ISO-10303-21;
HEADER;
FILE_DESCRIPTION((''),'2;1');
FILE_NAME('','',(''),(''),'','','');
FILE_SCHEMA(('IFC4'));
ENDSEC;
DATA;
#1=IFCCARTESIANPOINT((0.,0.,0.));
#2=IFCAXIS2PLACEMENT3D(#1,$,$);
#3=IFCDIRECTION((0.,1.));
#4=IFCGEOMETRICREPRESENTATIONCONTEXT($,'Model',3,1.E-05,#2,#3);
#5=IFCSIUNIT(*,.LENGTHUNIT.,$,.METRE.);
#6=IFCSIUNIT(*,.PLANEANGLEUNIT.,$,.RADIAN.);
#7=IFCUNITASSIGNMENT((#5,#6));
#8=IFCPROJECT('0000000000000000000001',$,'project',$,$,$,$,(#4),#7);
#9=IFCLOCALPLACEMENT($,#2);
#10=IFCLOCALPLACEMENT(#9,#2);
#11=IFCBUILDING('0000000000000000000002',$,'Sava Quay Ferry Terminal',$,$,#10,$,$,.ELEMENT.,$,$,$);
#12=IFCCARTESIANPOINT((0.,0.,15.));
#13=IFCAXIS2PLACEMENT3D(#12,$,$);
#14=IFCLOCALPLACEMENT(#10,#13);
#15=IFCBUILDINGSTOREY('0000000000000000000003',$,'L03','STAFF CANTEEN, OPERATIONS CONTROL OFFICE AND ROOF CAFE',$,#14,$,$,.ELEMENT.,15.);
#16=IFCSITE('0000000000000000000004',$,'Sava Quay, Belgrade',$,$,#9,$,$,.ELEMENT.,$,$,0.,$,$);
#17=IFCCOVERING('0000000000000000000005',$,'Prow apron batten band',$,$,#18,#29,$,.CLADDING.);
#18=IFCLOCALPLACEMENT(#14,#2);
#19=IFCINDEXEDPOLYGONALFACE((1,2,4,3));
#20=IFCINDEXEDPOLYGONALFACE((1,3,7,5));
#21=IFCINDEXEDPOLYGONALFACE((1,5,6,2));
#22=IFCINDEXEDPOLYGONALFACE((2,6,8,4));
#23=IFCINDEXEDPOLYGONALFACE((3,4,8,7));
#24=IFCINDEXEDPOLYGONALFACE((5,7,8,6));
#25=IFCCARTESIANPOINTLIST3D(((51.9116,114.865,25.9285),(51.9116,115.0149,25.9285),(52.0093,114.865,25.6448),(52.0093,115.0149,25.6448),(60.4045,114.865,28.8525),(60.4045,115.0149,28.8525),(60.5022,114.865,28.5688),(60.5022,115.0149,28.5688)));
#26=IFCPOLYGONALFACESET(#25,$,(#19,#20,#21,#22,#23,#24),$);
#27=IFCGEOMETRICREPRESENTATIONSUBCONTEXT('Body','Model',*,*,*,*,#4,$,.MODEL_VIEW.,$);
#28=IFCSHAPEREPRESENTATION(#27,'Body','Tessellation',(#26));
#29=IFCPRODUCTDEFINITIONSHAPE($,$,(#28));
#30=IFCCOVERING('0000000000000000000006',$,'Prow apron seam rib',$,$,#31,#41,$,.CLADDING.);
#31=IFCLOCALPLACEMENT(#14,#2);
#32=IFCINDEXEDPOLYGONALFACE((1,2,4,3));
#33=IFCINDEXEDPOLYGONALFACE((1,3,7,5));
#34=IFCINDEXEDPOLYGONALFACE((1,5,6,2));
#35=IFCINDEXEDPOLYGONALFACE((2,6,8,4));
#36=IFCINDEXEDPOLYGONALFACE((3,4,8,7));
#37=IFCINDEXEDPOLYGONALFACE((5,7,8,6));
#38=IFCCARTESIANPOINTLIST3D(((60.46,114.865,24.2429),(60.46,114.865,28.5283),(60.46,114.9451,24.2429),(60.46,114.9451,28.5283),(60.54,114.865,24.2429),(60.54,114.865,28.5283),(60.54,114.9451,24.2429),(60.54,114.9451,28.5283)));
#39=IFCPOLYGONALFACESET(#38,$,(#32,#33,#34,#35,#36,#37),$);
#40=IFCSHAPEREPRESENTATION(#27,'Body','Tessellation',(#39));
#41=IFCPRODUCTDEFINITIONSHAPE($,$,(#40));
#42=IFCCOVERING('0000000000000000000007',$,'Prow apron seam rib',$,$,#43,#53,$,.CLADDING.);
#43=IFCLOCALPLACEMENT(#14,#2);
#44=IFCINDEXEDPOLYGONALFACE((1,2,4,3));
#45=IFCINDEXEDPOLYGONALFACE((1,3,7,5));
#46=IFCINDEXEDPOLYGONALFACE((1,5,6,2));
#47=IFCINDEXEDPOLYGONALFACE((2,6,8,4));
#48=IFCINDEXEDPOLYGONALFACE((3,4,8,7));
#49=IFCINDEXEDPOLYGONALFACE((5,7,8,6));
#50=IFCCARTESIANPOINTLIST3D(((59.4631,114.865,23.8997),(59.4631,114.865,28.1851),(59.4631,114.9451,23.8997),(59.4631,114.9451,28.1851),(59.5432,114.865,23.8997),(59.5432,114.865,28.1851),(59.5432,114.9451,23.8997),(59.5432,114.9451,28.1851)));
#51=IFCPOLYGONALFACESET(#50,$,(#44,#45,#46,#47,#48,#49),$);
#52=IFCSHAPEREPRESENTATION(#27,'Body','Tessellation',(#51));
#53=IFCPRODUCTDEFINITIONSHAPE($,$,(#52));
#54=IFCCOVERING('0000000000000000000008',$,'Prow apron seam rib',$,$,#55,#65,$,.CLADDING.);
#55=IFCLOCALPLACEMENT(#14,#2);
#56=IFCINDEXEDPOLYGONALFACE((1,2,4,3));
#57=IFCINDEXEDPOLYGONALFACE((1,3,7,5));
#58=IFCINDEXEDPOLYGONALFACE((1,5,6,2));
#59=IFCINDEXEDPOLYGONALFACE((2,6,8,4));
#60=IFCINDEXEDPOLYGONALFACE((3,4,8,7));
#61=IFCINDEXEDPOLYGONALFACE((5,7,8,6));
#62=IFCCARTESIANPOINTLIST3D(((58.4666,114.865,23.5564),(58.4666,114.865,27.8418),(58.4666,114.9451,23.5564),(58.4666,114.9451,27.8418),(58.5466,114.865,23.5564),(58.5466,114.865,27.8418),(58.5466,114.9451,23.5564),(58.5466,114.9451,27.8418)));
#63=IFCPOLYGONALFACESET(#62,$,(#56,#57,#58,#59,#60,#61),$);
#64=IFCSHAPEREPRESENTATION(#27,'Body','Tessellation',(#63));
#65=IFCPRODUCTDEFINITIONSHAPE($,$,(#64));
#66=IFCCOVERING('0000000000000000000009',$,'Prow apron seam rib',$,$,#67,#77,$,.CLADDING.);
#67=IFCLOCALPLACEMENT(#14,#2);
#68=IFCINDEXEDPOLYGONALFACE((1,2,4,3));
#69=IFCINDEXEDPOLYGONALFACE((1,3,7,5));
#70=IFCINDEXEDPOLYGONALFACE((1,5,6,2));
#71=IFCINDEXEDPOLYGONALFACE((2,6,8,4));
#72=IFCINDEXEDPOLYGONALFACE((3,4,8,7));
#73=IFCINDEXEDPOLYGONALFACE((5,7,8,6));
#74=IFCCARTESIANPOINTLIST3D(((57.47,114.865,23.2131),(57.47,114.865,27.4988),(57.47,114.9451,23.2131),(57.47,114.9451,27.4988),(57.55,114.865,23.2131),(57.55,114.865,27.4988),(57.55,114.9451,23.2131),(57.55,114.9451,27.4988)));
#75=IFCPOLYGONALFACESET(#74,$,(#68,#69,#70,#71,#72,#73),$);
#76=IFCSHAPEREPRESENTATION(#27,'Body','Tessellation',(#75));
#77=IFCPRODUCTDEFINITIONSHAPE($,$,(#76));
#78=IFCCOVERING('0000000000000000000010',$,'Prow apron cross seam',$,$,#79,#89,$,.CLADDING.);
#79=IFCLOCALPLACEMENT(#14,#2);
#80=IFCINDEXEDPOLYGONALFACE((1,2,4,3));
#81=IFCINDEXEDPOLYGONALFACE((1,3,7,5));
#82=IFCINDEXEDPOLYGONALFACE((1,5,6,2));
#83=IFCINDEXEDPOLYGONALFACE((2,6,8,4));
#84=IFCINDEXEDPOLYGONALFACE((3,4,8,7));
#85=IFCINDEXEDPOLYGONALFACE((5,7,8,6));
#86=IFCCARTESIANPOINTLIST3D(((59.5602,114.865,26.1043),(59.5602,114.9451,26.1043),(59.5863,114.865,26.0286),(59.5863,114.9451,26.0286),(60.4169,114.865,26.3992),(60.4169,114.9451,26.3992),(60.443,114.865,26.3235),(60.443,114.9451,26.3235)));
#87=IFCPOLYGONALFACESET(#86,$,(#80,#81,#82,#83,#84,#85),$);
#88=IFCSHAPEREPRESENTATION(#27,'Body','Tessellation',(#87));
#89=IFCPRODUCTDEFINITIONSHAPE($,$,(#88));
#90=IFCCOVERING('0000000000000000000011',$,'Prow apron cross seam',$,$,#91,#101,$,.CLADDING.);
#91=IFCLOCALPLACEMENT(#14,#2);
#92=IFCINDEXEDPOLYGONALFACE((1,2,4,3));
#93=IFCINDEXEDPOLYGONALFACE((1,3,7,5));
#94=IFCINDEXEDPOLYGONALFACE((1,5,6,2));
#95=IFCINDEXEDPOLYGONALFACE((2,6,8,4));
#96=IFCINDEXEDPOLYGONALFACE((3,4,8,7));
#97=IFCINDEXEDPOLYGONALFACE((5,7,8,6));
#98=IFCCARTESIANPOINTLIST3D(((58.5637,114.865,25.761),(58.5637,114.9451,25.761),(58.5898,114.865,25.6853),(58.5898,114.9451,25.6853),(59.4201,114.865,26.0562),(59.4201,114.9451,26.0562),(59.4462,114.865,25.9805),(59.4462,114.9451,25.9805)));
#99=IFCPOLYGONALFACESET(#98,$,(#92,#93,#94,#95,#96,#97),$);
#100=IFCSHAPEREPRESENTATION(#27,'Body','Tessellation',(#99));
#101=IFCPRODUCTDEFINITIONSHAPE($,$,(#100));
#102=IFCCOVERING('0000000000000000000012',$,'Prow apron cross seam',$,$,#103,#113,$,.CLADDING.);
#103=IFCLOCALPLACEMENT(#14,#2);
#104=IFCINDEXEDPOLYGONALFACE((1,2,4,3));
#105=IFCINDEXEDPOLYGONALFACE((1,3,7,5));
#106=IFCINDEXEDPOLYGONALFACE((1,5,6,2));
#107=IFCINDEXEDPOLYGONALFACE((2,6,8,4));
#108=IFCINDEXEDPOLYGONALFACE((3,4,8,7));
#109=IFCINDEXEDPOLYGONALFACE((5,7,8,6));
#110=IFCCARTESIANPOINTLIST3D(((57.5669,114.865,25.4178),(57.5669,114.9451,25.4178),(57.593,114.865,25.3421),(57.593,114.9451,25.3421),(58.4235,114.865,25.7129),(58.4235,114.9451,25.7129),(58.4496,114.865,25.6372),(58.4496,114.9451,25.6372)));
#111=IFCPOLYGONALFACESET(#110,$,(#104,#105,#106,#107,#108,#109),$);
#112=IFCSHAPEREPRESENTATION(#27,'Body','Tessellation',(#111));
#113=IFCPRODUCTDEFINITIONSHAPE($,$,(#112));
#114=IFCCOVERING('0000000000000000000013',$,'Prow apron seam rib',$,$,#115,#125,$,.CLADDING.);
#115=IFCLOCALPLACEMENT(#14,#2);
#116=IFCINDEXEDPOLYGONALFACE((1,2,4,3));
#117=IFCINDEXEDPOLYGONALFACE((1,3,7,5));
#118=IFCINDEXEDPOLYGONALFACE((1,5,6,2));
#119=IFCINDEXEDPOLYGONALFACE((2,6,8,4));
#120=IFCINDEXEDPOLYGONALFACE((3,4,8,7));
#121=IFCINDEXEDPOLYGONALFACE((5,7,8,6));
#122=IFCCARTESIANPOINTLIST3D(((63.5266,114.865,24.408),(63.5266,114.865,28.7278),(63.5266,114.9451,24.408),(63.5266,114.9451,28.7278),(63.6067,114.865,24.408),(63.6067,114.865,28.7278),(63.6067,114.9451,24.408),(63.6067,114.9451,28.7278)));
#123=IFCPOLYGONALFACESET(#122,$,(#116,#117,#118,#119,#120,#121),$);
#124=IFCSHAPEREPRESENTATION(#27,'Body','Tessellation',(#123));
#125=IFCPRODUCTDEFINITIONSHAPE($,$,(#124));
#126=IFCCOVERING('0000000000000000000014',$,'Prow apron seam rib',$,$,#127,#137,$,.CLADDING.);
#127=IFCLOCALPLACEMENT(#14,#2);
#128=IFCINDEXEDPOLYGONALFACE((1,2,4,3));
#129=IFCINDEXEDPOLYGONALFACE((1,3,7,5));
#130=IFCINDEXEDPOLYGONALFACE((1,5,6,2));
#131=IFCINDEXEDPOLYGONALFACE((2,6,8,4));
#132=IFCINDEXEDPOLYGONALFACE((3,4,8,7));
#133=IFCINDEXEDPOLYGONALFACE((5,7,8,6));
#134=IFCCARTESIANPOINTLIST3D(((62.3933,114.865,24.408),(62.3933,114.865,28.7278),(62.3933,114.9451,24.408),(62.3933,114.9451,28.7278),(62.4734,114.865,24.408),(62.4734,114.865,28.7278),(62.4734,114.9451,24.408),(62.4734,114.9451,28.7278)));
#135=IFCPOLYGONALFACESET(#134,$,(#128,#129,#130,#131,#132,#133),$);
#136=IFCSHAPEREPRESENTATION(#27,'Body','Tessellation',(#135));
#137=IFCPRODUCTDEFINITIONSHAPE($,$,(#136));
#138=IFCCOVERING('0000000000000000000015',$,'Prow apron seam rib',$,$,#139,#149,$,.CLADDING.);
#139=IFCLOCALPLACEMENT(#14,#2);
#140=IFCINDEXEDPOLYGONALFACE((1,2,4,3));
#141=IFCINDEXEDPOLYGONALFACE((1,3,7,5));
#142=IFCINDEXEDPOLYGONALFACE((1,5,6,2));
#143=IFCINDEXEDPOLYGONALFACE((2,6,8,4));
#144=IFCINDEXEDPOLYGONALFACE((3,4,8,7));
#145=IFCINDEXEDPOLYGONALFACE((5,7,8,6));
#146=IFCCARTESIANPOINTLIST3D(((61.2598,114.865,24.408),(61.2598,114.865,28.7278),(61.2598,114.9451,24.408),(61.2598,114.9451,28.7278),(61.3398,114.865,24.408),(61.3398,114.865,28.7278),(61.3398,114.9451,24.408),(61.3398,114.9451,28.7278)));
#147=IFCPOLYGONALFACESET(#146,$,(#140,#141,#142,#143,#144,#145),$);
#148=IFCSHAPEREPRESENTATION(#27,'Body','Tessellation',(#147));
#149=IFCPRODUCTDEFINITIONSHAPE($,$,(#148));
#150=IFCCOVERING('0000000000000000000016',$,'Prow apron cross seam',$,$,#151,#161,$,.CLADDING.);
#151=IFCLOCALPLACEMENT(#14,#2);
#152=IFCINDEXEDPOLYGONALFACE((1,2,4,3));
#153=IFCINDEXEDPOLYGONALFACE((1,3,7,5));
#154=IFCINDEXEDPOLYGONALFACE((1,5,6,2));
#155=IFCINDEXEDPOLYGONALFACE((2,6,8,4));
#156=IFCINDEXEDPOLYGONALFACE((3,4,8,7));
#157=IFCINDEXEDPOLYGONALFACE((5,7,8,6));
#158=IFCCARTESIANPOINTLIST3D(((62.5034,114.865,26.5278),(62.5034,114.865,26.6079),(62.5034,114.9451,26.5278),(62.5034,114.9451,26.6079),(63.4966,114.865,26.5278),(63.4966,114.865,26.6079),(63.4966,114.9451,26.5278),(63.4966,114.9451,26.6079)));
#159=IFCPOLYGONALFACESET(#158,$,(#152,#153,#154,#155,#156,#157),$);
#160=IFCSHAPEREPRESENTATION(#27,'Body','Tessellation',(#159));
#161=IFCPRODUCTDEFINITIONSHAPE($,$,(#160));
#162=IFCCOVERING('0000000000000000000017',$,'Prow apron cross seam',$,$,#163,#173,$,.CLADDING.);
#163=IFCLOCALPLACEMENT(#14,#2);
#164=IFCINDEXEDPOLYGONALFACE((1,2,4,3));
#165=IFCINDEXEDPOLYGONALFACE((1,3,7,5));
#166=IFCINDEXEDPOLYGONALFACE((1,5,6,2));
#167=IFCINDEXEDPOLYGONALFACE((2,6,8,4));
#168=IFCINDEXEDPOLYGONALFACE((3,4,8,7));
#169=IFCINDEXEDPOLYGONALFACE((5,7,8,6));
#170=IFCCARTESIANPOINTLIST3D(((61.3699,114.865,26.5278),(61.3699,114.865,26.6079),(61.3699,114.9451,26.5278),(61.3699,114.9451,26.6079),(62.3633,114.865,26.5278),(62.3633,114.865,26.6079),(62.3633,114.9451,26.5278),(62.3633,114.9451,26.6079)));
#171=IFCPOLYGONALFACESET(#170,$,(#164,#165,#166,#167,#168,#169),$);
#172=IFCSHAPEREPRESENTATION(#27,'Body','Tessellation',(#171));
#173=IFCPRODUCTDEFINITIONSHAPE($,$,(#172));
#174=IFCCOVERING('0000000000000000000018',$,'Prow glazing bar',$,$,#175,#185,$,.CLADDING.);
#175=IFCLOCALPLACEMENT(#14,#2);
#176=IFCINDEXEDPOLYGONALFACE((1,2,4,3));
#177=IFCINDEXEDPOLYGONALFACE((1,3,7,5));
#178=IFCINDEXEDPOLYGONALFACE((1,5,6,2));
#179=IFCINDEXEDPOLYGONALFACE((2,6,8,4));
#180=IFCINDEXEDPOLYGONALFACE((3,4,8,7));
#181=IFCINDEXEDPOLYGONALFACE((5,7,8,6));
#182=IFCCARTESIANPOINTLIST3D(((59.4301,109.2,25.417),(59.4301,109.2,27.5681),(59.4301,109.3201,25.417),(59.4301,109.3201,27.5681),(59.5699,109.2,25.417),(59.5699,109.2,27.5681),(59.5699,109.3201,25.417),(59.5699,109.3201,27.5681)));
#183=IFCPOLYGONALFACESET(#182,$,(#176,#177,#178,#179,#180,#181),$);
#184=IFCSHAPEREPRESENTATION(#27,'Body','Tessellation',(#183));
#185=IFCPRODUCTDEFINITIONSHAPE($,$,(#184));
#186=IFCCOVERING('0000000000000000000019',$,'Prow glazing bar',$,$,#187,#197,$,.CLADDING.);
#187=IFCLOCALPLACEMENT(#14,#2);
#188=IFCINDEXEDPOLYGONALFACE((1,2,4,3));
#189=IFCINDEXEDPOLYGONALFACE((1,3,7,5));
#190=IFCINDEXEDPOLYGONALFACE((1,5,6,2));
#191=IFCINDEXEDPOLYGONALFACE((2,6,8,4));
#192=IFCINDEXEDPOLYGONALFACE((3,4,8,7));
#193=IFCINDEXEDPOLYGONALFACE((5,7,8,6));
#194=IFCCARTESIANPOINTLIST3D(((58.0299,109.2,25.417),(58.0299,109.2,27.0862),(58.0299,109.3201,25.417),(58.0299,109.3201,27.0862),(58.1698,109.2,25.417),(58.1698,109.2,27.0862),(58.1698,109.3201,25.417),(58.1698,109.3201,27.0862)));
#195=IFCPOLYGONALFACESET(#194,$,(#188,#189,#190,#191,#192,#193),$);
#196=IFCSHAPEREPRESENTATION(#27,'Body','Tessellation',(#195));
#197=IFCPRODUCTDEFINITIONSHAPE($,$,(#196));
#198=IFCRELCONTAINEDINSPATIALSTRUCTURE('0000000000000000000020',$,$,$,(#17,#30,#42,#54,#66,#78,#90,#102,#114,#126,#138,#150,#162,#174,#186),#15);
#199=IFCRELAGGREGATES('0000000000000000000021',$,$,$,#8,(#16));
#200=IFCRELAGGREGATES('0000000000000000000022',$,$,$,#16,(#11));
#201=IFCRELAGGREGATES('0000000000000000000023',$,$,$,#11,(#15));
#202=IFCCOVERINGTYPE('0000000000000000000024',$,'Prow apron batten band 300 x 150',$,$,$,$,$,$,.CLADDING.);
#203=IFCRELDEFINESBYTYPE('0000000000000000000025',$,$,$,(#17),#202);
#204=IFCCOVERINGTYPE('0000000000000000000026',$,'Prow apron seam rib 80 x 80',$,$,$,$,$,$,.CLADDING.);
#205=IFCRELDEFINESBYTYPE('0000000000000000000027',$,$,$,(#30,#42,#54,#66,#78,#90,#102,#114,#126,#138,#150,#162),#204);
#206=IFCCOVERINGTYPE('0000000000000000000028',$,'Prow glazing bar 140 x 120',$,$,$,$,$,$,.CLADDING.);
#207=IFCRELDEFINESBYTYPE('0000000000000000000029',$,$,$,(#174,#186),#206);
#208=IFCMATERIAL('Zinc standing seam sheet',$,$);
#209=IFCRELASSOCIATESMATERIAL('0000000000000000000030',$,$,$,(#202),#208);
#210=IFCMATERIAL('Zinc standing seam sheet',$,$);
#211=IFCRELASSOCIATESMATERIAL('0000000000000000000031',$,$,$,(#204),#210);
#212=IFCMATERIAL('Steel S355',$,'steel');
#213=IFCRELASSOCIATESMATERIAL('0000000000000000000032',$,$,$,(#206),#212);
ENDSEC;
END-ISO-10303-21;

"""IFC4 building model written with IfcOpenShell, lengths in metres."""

from ifc_helpers import new_model, si_unit, direction, frame, origin, origin_2d, place, context, subcontext, project, spatial, rectangle, extrude, material, material_profile, profile_set, type_object, element, save


model = new_model("IFC4")

# Units and contexts
model_context = context("Model", 3, precision=1e-05, world=origin(), true_north=direction((0.0, 1.0)))
body_context = subcontext(model_context, "Body", "Model", "MODEL_VIEW")
ifc_project = project(units=[si_unit("LENGTHUNIT", "METRE"), si_unit("PLANEANGLEUNIT", "RADIAN")], contexts=[model_context])

# Site, building, storey
site_placement = place(None, origin())
site = spatial("IfcSite", under=ifc_project, at=site_placement, Name="Sava Quay, Belgrade", CompositionType="ELEMENT", RefElevation=0.0)
building_placement = place(site_placement, origin())
building = spatial("IfcBuilding", under=site, at=building_placement, Name="Sava Quay Ferry Terminal", CompositionType="ELEMENT")
storey_placement = place(building_placement, frame((0.0, 0.0, 15.0)))
storey = spatial("IfcBuildingStorey", under=building, at=storey_placement, Name="L03", Description="STAFF CANTEEN, OPERATIONS CONTROL OFFICE AND ROOF CAFE", CompositionType="ELEMENT", Elevation=15.0)

# Coverings
ifc_material_1 = material(Name="Zinc standing seam sheet")
ifc_material_profile_1 = material_profile(ifc_material_1, rectangle(XDim=0.3, YDim=0.1499, at=origin_2d()), Name="Strip 300 x 150")
ifc_profile_set_1 = profile_set([ifc_material_profile_1], Name="Zinc standing seam sheet")
covering_type_1 = type_object("IfcCoveringType", Name="Prow apron batten band 300 x 150", PredefinedType="CLADDING", material=ifc_profile_set_1)
covering_1_placement = place(storey_placement, frame((60.4534, 114.9399, 28.7107), z_axis=(-0.945528, 0.0, -0.325541), x_axis=(-0.325541, 0.0, 0.945528)))
element("IfcCovering", 1, at=covering_1_placement, inside=storey, type_object=covering_type_1, Name="Prow apron batten band", PredefinedType="CLADDING", context=body_context, shape_type="SweptSolid", body=[
    extrude(rectangle(XDim=0.3, YDim=0.1499, at=origin_2d()), origin(), (0.0, 0.0, 1.0), 8.9822),
])
ifc_material_2 = material(Name="Zinc standing seam sheet")
ifc_material_profile_2 = material_profile(ifc_material_2, rectangle(XDim=0.0801, YDim=0.0801, at=origin_2d()), Name="Strip 80 x 80")
ifc_profile_set_2 = profile_set([ifc_material_profile_2], Name="Zinc standing seam sheet")
covering_type_2 = type_object("IfcCoveringType", Name="Prow apron seam rib 80 x 80", PredefinedType="CLADDING", material=ifc_profile_set_2)
for number, where, z_axis, x_axis, name in (
    (2, (60.5, 114.905, 24.2429), (0.0, 0.0, 1.0), (1.0, 0.0, 0.0), "Prow apron seam rib"),
    (3, (59.5032, 114.905, 23.8997), (0.0, 0.0, 1.0), (1.0, 0.0, 0.0), "Prow apron seam rib"),
    (4, (58.5066, 114.905, 23.5564), (0.0, 0.0, 1.0), (1.0, 0.0, 0.0), "Prow apron seam rib"),
):
    element("IfcCovering", number, at=place(storey_placement, frame(where, z_axis=z_axis, x_axis=x_axis)), inside=storey, type_object=covering_type_2, Name=name, PredefinedType="CLADDING", context=body_context, shape_type="SweptSolid", body=[
        extrude(rectangle(XDim=0.0801, YDim=0.0801, at=origin_2d()), origin(), (0.0, 0.0, 1.0), 4.2854),
    ])
covering_2_placement = place(storey_placement, frame((57.51, 114.905, 23.2131), z_axis=(0.0, 0.0, 1.0), x_axis=(1.0, 0.0, 0.0)))
element("IfcCovering", 5, at=covering_2_placement, inside=storey, type_object=covering_type_2, Name="Prow apron seam rib", PredefinedType="CLADDING", context=body_context, shape_type="SweptSolid", body=[
    extrude(rectangle(XDim=0.0801, YDim=0.0801, at=origin_2d()), origin(), (0.0, 0.0, 1.0), 4.2856),
])
covering_3_placement = place(storey_placement, frame((60.4299, 114.905, 26.3613), z_axis=(-0.945539, 0.0, -0.325509), x_axis=(-0.325509, 0.0, 0.945539)))
element("IfcCovering", 6, at=covering_3_placement, inside=storey, type_object=covering_type_2, Name="Prow apron cross seam", PredefinedType="CLADDING", context=body_context, shape_type="SweptSolid", body=[
    extrude(rectangle(XDim=0.0801, YDim=0.0801, at=origin_2d()), origin(), (0.0, 0.0, 1.0), 0.906),
])
covering_4_placement = place(storey_placement, frame((59.4331, 114.905, 26.0183), z_axis=(-0.945427, 0.0, -0.325833), x_axis=(-0.325833, 0.0, 0.945427)))
element("IfcCovering", 7, at=covering_4_placement, inside=storey, type_object=covering_type_2, Name="Prow apron cross seam", PredefinedType="CLADDING", context=body_context, shape_type="SweptSolid", body=[
    extrude(rectangle(XDim=0.0801, YDim=0.0801, at=origin_2d()), origin(), (0.0, 0.0, 1.0), 0.9058),
])
covering_5_placement = place(storey_placement, frame((58.4365, 114.905, 25.675), z_axis=(-0.945456, 0.0, -0.32575), x_axis=(-0.32575, 0.0, 0.945456)))
element("IfcCovering", 8, at=covering_5_placement, inside=storey, type_object=covering_type_2, Name="Prow apron cross seam", PredefinedType="CLADDING", context=body_context, shape_type="SweptSolid", body=[
    extrude(rectangle(XDim=0.0801, YDim=0.0801, at=origin_2d()), origin(), (0.0, 0.0, 1.0), 0.906),
])
for number, where, z_axis, x_axis, name in (
    (9, (63.5667, 114.905, 24.408), (0.0, 0.0, 1.0), (1.0, 0.0, 0.0), "Prow apron seam rib"),
    (10, (62.4333, 114.905, 24.408), (0.0, 0.0, 1.0), (1.0, 0.0, 0.0), "Prow apron seam rib"),
    (11, (61.2998, 114.905, 24.408), (0.0, 0.0, 1.0), (1.0, 0.0, 0.0), "Prow apron seam rib"),
):
    element("IfcCovering", number, at=place(storey_placement, frame(where, z_axis=z_axis, x_axis=x_axis)), inside=storey, type_object=covering_type_2, Name=name, PredefinedType="CLADDING", context=body_context, shape_type="SweptSolid", body=[
        extrude(rectangle(XDim=0.0801, YDim=0.0801, at=origin_2d()), origin(), (0.0, 0.0, 1.0), 4.3198),
    ])
covering_6_placement = place(storey_placement, frame((63.4966, 114.905, 26.5679), z_axis=(-1.0, 0.0, 0.0), x_axis=(0.0, 0.0, 1.0)))
element("IfcCovering", 12, at=covering_6_placement, inside=storey, type_object=covering_type_2, Name="Prow apron cross seam", PredefinedType="CLADDING", context=body_context, shape_type="SweptSolid", body=[
    extrude(rectangle(XDim=0.0801, YDim=0.0801, at=origin_2d()), origin(), (0.0, 0.0, 1.0), 0.9932),
])
covering_7_placement = place(storey_placement, frame((62.3633, 114.905, 26.5679), z_axis=(-1.0, 0.0, 0.0), x_axis=(0.0, 0.0, 1.0)))
element("IfcCovering", 13, at=covering_7_placement, inside=storey, type_object=covering_type_2, Name="Prow apron cross seam", PredefinedType="CLADDING", context=body_context, shape_type="SweptSolid", body=[
    extrude(rectangle(XDim=0.0801, YDim=0.0801, at=origin_2d()), origin(), (0.0, 0.0, 1.0), 0.9934),
])
ifc_material_3 = material(Name="Steel S355", Category="steel")
ifc_material_profile_3 = material_profile(ifc_material_3, rectangle(XDim=0.1399, YDim=0.1201, at=origin_2d()), Name="Strip 140 x 120")
ifc_profile_set_3 = profile_set([ifc_material_profile_3], Name="Steel S355")
covering_type_3 = type_object("IfcCoveringType", Name="Prow glazing bar 140 x 120", PredefinedType="CLADDING", material=ifc_profile_set_3)
covering_8_placement = place(storey_placement, frame((59.5, 109.26, 25.417), z_axis=(0.0, 0.0, 1.0), x_axis=(1.0, 0.0, 0.0)))
element("IfcCovering", 14, at=covering_8_placement, inside=storey, type_object=covering_type_3, Name="Prow glazing bar", PredefinedType="CLADDING", context=body_context, shape_type="SweptSolid", body=[
    extrude(rectangle(XDim=0.1399, YDim=0.1201, at=origin_2d()), origin(), (0.0, 0.0, 1.0), 2.1511),
])
covering_9_placement = place(storey_placement, frame((58.0999, 109.26, 25.417), z_axis=(0.0, 0.0, 1.0), x_axis=(1.0, 0.0, 0.0)))
element("IfcCovering", 15, at=covering_9_placement, inside=storey, type_object=covering_type_3, Name="Prow glazing bar", PredefinedType="CLADDING", context=body_context, shape_type="SweptSolid", body=[
    extrude(rectangle(XDim=0.1399, YDim=0.1201, at=origin_2d()), origin(), (0.0, 0.0, 1.0), 1.6692),
])

save(model, "model.ifc")
